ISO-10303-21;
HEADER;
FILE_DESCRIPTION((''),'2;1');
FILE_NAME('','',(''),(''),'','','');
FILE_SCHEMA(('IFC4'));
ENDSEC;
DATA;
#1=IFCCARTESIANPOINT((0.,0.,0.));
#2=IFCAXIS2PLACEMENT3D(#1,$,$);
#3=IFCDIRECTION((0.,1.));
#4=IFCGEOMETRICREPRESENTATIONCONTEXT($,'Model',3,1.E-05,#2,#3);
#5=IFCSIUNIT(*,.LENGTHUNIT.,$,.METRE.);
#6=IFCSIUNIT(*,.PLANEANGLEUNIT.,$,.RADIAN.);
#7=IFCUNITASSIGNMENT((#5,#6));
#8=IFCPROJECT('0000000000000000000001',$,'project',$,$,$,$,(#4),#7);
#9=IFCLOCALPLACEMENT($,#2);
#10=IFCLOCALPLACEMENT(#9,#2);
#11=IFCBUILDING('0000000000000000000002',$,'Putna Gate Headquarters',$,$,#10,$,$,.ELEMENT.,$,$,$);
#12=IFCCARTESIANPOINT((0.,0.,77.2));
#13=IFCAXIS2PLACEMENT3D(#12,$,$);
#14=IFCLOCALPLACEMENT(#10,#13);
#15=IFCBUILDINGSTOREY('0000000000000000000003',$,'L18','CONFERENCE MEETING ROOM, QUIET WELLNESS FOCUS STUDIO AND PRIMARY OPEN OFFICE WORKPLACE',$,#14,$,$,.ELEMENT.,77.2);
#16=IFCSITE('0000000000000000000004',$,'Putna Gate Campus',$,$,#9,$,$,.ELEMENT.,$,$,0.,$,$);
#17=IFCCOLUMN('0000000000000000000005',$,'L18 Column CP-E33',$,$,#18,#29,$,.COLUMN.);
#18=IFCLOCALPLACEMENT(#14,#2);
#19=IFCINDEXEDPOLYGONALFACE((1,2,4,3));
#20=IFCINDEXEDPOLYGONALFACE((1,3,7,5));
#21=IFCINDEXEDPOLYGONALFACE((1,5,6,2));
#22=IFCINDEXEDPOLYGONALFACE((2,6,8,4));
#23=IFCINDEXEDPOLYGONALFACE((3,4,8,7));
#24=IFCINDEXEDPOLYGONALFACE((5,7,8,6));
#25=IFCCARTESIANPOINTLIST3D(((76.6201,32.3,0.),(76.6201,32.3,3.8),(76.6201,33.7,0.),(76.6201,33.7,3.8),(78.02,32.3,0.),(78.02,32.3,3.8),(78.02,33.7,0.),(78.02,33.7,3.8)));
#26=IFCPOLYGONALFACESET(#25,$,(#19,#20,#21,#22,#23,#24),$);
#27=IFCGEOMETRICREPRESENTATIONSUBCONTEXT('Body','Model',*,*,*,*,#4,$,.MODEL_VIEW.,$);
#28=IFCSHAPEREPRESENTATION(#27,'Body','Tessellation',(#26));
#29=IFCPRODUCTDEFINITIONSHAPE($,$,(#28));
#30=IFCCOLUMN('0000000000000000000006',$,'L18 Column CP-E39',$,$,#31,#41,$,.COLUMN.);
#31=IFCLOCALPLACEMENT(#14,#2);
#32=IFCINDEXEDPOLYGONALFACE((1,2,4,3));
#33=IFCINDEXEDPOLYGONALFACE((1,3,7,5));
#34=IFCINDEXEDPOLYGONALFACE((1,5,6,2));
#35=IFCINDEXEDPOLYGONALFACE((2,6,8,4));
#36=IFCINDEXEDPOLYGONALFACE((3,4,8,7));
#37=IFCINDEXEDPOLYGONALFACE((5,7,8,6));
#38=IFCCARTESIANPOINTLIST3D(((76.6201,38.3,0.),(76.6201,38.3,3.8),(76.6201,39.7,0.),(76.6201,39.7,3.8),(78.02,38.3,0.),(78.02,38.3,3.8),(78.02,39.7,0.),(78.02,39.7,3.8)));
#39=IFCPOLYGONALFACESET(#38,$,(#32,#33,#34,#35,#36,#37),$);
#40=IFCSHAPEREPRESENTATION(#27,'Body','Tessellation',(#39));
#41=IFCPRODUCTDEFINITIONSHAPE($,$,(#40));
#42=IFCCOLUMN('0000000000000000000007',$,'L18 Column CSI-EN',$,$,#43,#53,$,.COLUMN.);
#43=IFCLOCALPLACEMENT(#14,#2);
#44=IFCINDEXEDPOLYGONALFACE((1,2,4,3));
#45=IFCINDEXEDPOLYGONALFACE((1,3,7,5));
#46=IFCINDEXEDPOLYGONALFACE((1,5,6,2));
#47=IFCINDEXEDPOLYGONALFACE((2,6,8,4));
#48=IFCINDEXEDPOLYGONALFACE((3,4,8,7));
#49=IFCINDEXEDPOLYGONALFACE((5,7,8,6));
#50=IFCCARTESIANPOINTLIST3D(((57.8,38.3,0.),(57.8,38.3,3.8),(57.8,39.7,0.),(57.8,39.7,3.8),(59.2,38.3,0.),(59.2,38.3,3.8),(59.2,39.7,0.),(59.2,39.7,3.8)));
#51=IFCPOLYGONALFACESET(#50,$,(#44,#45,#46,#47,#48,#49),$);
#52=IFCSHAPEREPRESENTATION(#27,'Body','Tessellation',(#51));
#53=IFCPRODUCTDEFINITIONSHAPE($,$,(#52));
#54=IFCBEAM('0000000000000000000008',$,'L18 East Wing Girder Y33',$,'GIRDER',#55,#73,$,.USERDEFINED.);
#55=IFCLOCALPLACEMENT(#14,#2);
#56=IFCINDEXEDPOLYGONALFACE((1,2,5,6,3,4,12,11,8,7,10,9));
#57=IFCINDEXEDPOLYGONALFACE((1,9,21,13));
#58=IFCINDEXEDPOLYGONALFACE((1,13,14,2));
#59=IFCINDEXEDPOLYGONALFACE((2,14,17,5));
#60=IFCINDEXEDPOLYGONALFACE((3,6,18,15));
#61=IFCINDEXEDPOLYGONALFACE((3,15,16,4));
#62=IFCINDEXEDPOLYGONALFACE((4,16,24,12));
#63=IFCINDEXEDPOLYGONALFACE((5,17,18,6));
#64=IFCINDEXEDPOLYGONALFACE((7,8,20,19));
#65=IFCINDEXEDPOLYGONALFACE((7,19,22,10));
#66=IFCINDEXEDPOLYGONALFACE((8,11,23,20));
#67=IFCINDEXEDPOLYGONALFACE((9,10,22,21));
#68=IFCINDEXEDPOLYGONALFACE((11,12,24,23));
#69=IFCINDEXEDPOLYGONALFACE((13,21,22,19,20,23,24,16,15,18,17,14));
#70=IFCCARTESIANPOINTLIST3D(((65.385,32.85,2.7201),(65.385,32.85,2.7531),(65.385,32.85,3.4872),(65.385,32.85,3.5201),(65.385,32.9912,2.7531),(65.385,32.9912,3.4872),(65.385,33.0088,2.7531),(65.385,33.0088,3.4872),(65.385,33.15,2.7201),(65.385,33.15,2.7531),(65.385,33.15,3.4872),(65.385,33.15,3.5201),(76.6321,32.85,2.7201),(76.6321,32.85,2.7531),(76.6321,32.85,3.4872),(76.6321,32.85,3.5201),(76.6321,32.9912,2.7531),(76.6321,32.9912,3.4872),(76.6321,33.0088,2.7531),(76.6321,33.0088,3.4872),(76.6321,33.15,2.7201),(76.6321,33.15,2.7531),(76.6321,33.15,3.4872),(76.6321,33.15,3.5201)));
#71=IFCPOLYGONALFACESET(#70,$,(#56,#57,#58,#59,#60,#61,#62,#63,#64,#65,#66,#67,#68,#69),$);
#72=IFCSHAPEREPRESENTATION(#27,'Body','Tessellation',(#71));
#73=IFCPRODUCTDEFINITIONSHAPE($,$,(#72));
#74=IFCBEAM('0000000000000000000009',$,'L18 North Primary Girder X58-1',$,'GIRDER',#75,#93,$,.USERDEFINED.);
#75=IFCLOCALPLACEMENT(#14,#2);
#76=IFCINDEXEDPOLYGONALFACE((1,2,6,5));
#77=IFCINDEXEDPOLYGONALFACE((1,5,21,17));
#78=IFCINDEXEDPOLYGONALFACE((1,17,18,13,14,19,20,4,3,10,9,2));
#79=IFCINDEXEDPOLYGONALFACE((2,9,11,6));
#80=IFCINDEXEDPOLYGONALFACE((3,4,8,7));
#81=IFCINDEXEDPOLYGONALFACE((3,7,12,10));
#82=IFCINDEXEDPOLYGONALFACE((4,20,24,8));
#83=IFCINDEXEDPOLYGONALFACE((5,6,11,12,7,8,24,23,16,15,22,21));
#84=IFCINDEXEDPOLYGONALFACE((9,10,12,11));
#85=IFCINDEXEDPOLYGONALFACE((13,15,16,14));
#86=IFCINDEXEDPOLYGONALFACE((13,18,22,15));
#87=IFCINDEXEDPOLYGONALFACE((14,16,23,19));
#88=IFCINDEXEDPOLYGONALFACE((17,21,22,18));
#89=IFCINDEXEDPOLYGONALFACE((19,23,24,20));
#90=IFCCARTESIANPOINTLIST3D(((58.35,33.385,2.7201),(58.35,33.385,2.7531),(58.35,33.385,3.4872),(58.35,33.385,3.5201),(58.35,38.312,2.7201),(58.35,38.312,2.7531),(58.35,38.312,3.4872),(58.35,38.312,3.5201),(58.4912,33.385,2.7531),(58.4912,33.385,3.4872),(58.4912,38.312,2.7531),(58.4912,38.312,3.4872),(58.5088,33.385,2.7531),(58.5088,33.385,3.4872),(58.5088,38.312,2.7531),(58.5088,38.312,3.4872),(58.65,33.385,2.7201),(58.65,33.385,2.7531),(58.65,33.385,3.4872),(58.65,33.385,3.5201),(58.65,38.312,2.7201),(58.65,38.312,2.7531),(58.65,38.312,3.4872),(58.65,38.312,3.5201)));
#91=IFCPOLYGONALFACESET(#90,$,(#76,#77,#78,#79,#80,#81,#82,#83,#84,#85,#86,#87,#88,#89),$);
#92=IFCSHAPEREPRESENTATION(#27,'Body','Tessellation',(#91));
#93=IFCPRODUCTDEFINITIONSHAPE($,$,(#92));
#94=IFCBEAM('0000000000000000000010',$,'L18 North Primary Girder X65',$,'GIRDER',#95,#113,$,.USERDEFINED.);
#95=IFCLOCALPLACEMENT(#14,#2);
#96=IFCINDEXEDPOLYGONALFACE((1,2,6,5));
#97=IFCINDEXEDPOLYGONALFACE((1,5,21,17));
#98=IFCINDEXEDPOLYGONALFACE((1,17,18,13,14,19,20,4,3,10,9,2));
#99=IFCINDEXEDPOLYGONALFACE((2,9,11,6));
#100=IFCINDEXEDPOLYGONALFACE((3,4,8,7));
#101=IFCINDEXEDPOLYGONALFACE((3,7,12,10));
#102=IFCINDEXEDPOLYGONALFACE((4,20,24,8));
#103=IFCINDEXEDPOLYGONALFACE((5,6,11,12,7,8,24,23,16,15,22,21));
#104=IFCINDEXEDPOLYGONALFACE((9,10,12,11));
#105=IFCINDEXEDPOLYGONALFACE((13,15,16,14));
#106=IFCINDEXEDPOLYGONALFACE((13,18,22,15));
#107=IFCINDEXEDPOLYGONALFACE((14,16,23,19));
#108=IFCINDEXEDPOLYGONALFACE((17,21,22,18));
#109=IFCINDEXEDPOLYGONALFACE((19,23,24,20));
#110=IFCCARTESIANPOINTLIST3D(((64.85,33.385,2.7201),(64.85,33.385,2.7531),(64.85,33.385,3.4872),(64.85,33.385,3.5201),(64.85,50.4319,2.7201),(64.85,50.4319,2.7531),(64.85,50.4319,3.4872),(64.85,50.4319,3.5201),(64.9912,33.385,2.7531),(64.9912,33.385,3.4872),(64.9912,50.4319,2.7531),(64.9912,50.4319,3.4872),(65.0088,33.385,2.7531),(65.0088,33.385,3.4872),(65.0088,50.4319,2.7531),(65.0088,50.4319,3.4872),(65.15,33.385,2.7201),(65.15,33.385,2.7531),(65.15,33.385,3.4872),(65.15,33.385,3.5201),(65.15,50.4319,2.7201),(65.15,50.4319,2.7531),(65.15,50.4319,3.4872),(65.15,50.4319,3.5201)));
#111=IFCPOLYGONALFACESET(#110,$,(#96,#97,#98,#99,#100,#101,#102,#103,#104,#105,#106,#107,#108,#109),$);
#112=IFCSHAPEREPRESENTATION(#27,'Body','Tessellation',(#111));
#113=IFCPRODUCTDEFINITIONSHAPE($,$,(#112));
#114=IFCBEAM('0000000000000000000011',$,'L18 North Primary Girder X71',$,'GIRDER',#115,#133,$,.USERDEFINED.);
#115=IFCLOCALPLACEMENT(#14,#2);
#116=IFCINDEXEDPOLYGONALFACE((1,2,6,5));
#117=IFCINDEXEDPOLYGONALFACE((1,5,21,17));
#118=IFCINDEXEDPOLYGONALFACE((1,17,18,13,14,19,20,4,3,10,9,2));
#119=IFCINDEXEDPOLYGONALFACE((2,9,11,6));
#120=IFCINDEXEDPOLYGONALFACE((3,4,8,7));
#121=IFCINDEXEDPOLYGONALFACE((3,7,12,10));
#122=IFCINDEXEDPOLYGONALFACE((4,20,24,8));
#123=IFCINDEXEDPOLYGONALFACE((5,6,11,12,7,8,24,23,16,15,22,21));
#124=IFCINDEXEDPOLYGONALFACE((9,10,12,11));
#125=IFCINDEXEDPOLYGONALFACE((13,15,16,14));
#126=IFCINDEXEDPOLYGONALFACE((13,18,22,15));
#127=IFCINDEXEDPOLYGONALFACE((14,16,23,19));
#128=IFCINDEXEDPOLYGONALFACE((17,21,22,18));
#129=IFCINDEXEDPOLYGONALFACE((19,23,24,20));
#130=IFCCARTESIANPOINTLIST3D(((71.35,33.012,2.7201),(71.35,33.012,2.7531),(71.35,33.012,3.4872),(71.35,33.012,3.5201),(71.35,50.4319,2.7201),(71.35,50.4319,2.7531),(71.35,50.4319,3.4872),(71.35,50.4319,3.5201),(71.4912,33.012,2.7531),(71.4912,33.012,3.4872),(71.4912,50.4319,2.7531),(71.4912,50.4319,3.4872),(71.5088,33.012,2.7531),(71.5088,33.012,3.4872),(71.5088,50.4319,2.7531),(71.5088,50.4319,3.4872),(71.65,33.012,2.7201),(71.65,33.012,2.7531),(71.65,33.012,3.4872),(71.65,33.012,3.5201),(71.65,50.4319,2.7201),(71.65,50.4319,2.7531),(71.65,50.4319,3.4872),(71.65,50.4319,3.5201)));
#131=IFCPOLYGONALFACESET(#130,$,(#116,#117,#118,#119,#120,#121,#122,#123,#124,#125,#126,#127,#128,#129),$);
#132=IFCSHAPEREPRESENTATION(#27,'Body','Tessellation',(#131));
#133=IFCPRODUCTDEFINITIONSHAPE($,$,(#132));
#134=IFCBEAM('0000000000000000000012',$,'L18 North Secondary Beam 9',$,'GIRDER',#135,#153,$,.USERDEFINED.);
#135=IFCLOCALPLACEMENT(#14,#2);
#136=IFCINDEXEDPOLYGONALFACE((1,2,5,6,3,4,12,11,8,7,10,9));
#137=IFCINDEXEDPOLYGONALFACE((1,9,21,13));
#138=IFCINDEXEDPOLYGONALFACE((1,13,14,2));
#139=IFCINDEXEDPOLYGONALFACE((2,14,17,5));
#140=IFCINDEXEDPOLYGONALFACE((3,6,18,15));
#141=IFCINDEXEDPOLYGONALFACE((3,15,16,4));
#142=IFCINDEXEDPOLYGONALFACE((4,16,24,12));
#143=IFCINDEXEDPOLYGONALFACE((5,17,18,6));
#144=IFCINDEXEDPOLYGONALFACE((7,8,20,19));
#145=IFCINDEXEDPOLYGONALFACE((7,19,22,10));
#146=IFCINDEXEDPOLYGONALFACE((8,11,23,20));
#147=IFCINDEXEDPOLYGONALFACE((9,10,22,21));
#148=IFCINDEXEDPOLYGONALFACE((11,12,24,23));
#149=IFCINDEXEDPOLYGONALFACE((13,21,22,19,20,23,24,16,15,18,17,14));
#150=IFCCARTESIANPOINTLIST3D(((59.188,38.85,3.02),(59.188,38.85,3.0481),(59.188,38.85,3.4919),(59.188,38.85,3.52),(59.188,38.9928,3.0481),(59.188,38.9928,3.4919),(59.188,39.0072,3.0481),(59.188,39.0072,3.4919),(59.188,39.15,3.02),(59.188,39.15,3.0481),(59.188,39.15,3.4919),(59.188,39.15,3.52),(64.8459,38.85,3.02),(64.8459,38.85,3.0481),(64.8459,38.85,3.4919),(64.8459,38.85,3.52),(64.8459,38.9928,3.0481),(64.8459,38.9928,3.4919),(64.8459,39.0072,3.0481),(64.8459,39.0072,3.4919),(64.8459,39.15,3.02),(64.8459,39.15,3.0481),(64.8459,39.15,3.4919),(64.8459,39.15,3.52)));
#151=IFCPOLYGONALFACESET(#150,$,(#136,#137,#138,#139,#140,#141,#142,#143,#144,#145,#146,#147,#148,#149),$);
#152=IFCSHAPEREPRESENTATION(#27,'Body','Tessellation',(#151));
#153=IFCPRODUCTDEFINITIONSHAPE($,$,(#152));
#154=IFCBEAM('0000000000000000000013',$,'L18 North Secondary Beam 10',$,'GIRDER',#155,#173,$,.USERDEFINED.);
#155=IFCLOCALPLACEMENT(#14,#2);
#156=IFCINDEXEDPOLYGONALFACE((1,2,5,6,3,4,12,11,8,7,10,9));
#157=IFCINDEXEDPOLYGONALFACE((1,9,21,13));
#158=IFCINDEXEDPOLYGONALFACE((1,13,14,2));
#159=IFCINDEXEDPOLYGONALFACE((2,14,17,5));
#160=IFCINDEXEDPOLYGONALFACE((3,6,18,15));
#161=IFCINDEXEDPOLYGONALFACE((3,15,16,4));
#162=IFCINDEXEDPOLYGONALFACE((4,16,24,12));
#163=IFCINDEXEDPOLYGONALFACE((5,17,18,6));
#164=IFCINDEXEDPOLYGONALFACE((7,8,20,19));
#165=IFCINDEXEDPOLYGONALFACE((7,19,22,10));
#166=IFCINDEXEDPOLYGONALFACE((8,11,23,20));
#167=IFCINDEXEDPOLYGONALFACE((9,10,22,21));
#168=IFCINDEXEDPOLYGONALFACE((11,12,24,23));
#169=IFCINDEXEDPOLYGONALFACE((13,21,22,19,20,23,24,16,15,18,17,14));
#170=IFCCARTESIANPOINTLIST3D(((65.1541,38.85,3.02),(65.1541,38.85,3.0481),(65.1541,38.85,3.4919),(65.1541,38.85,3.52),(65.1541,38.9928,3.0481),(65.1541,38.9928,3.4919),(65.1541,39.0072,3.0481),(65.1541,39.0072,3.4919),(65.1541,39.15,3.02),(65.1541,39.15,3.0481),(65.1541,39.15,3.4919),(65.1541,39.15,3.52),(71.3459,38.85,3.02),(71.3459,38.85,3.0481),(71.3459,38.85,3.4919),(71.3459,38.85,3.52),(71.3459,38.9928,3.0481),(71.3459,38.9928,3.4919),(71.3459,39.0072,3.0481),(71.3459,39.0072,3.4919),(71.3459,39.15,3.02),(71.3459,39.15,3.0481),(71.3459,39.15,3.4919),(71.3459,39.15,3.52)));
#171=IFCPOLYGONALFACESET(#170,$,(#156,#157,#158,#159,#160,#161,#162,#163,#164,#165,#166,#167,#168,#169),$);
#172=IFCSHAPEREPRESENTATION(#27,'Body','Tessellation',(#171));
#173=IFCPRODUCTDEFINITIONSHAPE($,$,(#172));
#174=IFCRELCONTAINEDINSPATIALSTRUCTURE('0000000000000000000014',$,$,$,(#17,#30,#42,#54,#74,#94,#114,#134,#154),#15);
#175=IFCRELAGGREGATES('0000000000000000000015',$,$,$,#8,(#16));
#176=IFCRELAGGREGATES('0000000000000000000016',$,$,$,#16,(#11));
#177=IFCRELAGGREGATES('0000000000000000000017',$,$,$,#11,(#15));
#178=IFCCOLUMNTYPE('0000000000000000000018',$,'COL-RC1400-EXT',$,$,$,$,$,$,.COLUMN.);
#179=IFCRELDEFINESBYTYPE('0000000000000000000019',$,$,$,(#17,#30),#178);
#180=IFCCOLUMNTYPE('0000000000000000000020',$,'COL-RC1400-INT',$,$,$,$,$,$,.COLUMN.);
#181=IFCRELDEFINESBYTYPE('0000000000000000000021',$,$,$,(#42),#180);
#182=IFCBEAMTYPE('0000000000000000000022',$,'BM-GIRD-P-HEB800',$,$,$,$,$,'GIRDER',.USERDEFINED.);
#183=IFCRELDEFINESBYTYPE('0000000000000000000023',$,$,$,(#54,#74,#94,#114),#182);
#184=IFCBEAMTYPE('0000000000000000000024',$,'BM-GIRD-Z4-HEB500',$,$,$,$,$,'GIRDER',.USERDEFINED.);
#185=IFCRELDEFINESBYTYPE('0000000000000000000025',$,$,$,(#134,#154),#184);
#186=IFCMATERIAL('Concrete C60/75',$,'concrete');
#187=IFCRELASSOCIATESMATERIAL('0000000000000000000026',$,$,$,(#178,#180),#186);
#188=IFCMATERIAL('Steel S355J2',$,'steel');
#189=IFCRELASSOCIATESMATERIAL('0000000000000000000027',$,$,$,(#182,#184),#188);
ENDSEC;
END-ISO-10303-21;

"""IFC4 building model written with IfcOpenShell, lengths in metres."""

from ifc_helpers import new_model, si_unit, direction, frame, origin, origin_2d, place, context, subcontext, project, spatial, rectangle, i_section, extrude, material, material_profile, profile_set, type_object, element, save


model = new_model("IFC4")

# Units and contexts
model_context = context("Model", 3, precision=1e-05, world=origin(), true_north=direction((0.0, 1.0)))
body_context = subcontext(model_context, "Body", "Model", "MODEL_VIEW")
ifc_project = project(units=[si_unit("LENGTHUNIT", "METRE"), si_unit("PLANEANGLEUNIT", "RADIAN")], contexts=[model_context])

# Site, building, storey
site_placement = place(None, origin())
site = spatial("IfcSite", under=ifc_project, at=site_placement, Name="Putna Gate Campus", CompositionType="ELEMENT", RefElevation=0.0)
building_placement = place(site_placement, origin())
building = spatial("IfcBuilding", under=site, at=building_placement, Name="Putna Gate Headquarters", CompositionType="ELEMENT")
storey_placement = place(building_placement, frame((0.0, 0.0, 77.2)))
storey = spatial("IfcBuildingStorey", under=building, at=storey_placement, Name="L18", Description="CONFERENCE MEETING ROOM, QUIET WELLNESS FOCUS STUDIO AND PRIMARY OPEN OFFICE WORKPLACE", CompositionType="ELEMENT", Elevation=77.2)

# Columns
ifc_material_1 = material(Name="Concrete C60/75", Category="concrete")
ifc_material_profile_1 = material_profile(ifc_material_1, rectangle(XDim=1.3999, YDim=1.3999, at=origin_2d()), Name="Concrete C60/75")
ifc_profile_set_1 = profile_set([ifc_material_profile_1], Name="Concrete C60/75")
column_type_1 = type_object("IfcColumnType", Name="COL-RC1400-EXT", PredefinedType="COLUMN", material=ifc_profile_set_1)
for number, where, z_axis, x_axis, name in (
    (1, (77.3201, 33.0, 0.0), (0.0, 0.0, 1.0), (1.0, 0.0, 0.0), "L18 Column CP-E33"),
    (2, (77.3201, 39.0, 0.0), (0.0, 0.0, 1.0), (1.0, 0.0, 0.0), "L18 Column CP-E39"),
):
    element("IfcColumn", number, at=place(storey_placement, frame(where, z_axis=z_axis, x_axis=x_axis)), inside=storey, type_object=column_type_1, Name=name, PredefinedType="COLUMN", context=body_context, shape_type="SweptSolid", body=[
        extrude(rectangle(XDim=1.3999, YDim=1.3999, at=origin_2d()), origin(), (0.0, 0.0, 1.0), 3.8),
    ])
ifc_material_profile_2 = material_profile(ifc_material_1, rectangle(XDim=1.3999, YDim=1.3999, at=origin_2d()), Name="Concrete C60/75")
ifc_profile_set_2 = profile_set([ifc_material_profile_2], Name="Concrete C60/75")
column_type_2 = type_object("IfcColumnType", Name="COL-RC1400-INT", PredefinedType="COLUMN", material=ifc_profile_set_2)
column_placement = place(storey_placement, frame((58.5, 39.0, 0.0), z_axis=(0.0, 0.0, 1.0), x_axis=(1.0, 0.0, 0.0)))
element("IfcColumn", 3, at=column_placement, inside=storey, type_object=column_type_2, Name="L18 Column CSI-EN", PredefinedType="COLUMN", context=body_context, shape_type="SweptSolid", body=[
    extrude(rectangle(XDim=1.3999, YDim=1.3999, at=origin_2d()), origin(), (0.0, 0.0, 1.0), 3.8),
])

# Beams
ifc_material_2 = material(Name="Steel S355J2", Category="steel")
ifc_material_profile_3 = material_profile(ifc_material_2, i_section(OverallWidth=0.3, OverallDepth=0.8, WebThickness=0.0176, FlangeThickness=0.033, at=origin_2d()), Name="Steel S355J2")
ifc_profile_set_3 = profile_set([ifc_material_profile_3], Name="Steel S355J2")
beam_type_1 = type_object("IfcBeamType", Name="BM-GIRD-P-HEB800", ElementType="GIRDER", PredefinedType="USERDEFINED", material=ifc_profile_set_3)
beam_1_placement = place(storey_placement, frame((65.385, 33.0, 3.1201), z_axis=(1.0, 0.0, 0.0), x_axis=(0.0, 1.0, 0.0)))
element("IfcBeam", 4, at=beam_1_placement, inside=storey, type_object=beam_type_1, Name="L18 East Wing Girder Y33", ObjectType="GIRDER", PredefinedType="USERDEFINED", context=body_context, shape_type="SweptSolid", body=[
    extrude(i_section(OverallWidth=0.3, OverallDepth=0.8, WebThickness=0.0176, FlangeThickness=0.033, at=origin_2d()), origin(), (0.0, 0.0, 1.0), 11.2471),
])
beam_2_placement = place(storey_placement, frame((58.5, 33.385, 3.1201), z_axis=(0.0, 1.0, 0.0), x_axis=(-1.0, 0.0, 0.0)))
element("IfcBeam", 5, at=beam_2_placement, inside=storey, type_object=beam_type_1, Name="L18 North Primary Girder X58-1", ObjectType="GIRDER", PredefinedType="USERDEFINED", context=body_context, shape_type="SweptSolid", body=[
    extrude(i_section(OverallWidth=0.3, OverallDepth=0.8, WebThickness=0.0176, FlangeThickness=0.033, at=origin_2d()), origin(), (0.0, 0.0, 1.0), 4.927),
])
beam_3_placement = place(storey_placement, frame((65.0, 33.385, 3.1201), z_axis=(0.0, 1.0, 0.0), x_axis=(-1.0, 0.0, 0.0)))
element("IfcBeam", 6, at=beam_3_placement, inside=storey, type_object=beam_type_1, Name="L18 North Primary Girder X65", ObjectType="GIRDER", PredefinedType="USERDEFINED", context=body_context, shape_type="SweptSolid", body=[
    extrude(i_section(OverallWidth=0.3, OverallDepth=0.8, WebThickness=0.0176, FlangeThickness=0.033, at=origin_2d()), origin(), (0.0, 0.0, 1.0), 17.0469),
])
beam_4_placement = place(storey_placement, frame((71.5, 33.012, 3.1201), z_axis=(0.0, 1.0, 0.0), x_axis=(-1.0, 0.0, 0.0)))
element("IfcBeam", 7, at=beam_4_placement, inside=storey, type_object=beam_type_1, Name="L18 North Primary Girder X71", ObjectType="GIRDER", PredefinedType="USERDEFINED", context=body_context, shape_type="SweptSolid", body=[
    extrude(i_section(OverallWidth=0.3, OverallDepth=0.8, WebThickness=0.0176, FlangeThickness=0.033, at=origin_2d()), origin(), (0.0, 0.0, 1.0), 17.4199),
])
ifc_material_profile_4 = material_profile(ifc_material_2, i_section(OverallWidth=0.3, OverallDepth=0.5, WebThickness=0.0144, FlangeThickness=0.0281, at=origin_2d()), Name="Steel S355J2")
ifc_profile_set_4 = profile_set([ifc_material_profile_4], Name="Steel S355J2")
beam_type_2 = type_object("IfcBeamType", Name="BM-GIRD-Z4-HEB500", ElementType="GIRDER", PredefinedType="USERDEFINED", material=ifc_profile_set_4)
beam_5_placement = place(storey_placement, frame((59.188, 39.0, 3.27), z_axis=(1.0, 0.0, 0.0), x_axis=(0.0, 1.0, 0.0)))
element("IfcBeam", 8, at=beam_5_placement, inside=storey, type_object=beam_type_2, Name="L18 North Secondary Beam 9", ObjectType="GIRDER", PredefinedType="USERDEFINED", context=body_context, shape_type="SweptSolid", body=[
    extrude(i_section(OverallWidth=0.3, OverallDepth=0.5, WebThickness=0.0144, FlangeThickness=0.0281, at=origin_2d()), origin(), (0.0, 0.0, 1.0), 5.658),
])
beam_6_placement = place(storey_placement, frame((65.1541, 39.0, 3.27), z_axis=(1.0, 0.0, 0.0), x_axis=(0.0, 1.0, 0.0)))
element("IfcBeam", 9, at=beam_6_placement, inside=storey, type_object=beam_type_2, Name="L18 North Secondary Beam 10", ObjectType="GIRDER", PredefinedType="USERDEFINED", context=body_context, shape_type="SweptSolid", body=[
    extrude(i_section(OverallWidth=0.3, OverallDepth=0.5, WebThickness=0.0144, FlangeThickness=0.0281, at=origin_2d()), origin(), (0.0, 0.0, 1.0), 6.1919),
])

save(model, "model.ifc")
